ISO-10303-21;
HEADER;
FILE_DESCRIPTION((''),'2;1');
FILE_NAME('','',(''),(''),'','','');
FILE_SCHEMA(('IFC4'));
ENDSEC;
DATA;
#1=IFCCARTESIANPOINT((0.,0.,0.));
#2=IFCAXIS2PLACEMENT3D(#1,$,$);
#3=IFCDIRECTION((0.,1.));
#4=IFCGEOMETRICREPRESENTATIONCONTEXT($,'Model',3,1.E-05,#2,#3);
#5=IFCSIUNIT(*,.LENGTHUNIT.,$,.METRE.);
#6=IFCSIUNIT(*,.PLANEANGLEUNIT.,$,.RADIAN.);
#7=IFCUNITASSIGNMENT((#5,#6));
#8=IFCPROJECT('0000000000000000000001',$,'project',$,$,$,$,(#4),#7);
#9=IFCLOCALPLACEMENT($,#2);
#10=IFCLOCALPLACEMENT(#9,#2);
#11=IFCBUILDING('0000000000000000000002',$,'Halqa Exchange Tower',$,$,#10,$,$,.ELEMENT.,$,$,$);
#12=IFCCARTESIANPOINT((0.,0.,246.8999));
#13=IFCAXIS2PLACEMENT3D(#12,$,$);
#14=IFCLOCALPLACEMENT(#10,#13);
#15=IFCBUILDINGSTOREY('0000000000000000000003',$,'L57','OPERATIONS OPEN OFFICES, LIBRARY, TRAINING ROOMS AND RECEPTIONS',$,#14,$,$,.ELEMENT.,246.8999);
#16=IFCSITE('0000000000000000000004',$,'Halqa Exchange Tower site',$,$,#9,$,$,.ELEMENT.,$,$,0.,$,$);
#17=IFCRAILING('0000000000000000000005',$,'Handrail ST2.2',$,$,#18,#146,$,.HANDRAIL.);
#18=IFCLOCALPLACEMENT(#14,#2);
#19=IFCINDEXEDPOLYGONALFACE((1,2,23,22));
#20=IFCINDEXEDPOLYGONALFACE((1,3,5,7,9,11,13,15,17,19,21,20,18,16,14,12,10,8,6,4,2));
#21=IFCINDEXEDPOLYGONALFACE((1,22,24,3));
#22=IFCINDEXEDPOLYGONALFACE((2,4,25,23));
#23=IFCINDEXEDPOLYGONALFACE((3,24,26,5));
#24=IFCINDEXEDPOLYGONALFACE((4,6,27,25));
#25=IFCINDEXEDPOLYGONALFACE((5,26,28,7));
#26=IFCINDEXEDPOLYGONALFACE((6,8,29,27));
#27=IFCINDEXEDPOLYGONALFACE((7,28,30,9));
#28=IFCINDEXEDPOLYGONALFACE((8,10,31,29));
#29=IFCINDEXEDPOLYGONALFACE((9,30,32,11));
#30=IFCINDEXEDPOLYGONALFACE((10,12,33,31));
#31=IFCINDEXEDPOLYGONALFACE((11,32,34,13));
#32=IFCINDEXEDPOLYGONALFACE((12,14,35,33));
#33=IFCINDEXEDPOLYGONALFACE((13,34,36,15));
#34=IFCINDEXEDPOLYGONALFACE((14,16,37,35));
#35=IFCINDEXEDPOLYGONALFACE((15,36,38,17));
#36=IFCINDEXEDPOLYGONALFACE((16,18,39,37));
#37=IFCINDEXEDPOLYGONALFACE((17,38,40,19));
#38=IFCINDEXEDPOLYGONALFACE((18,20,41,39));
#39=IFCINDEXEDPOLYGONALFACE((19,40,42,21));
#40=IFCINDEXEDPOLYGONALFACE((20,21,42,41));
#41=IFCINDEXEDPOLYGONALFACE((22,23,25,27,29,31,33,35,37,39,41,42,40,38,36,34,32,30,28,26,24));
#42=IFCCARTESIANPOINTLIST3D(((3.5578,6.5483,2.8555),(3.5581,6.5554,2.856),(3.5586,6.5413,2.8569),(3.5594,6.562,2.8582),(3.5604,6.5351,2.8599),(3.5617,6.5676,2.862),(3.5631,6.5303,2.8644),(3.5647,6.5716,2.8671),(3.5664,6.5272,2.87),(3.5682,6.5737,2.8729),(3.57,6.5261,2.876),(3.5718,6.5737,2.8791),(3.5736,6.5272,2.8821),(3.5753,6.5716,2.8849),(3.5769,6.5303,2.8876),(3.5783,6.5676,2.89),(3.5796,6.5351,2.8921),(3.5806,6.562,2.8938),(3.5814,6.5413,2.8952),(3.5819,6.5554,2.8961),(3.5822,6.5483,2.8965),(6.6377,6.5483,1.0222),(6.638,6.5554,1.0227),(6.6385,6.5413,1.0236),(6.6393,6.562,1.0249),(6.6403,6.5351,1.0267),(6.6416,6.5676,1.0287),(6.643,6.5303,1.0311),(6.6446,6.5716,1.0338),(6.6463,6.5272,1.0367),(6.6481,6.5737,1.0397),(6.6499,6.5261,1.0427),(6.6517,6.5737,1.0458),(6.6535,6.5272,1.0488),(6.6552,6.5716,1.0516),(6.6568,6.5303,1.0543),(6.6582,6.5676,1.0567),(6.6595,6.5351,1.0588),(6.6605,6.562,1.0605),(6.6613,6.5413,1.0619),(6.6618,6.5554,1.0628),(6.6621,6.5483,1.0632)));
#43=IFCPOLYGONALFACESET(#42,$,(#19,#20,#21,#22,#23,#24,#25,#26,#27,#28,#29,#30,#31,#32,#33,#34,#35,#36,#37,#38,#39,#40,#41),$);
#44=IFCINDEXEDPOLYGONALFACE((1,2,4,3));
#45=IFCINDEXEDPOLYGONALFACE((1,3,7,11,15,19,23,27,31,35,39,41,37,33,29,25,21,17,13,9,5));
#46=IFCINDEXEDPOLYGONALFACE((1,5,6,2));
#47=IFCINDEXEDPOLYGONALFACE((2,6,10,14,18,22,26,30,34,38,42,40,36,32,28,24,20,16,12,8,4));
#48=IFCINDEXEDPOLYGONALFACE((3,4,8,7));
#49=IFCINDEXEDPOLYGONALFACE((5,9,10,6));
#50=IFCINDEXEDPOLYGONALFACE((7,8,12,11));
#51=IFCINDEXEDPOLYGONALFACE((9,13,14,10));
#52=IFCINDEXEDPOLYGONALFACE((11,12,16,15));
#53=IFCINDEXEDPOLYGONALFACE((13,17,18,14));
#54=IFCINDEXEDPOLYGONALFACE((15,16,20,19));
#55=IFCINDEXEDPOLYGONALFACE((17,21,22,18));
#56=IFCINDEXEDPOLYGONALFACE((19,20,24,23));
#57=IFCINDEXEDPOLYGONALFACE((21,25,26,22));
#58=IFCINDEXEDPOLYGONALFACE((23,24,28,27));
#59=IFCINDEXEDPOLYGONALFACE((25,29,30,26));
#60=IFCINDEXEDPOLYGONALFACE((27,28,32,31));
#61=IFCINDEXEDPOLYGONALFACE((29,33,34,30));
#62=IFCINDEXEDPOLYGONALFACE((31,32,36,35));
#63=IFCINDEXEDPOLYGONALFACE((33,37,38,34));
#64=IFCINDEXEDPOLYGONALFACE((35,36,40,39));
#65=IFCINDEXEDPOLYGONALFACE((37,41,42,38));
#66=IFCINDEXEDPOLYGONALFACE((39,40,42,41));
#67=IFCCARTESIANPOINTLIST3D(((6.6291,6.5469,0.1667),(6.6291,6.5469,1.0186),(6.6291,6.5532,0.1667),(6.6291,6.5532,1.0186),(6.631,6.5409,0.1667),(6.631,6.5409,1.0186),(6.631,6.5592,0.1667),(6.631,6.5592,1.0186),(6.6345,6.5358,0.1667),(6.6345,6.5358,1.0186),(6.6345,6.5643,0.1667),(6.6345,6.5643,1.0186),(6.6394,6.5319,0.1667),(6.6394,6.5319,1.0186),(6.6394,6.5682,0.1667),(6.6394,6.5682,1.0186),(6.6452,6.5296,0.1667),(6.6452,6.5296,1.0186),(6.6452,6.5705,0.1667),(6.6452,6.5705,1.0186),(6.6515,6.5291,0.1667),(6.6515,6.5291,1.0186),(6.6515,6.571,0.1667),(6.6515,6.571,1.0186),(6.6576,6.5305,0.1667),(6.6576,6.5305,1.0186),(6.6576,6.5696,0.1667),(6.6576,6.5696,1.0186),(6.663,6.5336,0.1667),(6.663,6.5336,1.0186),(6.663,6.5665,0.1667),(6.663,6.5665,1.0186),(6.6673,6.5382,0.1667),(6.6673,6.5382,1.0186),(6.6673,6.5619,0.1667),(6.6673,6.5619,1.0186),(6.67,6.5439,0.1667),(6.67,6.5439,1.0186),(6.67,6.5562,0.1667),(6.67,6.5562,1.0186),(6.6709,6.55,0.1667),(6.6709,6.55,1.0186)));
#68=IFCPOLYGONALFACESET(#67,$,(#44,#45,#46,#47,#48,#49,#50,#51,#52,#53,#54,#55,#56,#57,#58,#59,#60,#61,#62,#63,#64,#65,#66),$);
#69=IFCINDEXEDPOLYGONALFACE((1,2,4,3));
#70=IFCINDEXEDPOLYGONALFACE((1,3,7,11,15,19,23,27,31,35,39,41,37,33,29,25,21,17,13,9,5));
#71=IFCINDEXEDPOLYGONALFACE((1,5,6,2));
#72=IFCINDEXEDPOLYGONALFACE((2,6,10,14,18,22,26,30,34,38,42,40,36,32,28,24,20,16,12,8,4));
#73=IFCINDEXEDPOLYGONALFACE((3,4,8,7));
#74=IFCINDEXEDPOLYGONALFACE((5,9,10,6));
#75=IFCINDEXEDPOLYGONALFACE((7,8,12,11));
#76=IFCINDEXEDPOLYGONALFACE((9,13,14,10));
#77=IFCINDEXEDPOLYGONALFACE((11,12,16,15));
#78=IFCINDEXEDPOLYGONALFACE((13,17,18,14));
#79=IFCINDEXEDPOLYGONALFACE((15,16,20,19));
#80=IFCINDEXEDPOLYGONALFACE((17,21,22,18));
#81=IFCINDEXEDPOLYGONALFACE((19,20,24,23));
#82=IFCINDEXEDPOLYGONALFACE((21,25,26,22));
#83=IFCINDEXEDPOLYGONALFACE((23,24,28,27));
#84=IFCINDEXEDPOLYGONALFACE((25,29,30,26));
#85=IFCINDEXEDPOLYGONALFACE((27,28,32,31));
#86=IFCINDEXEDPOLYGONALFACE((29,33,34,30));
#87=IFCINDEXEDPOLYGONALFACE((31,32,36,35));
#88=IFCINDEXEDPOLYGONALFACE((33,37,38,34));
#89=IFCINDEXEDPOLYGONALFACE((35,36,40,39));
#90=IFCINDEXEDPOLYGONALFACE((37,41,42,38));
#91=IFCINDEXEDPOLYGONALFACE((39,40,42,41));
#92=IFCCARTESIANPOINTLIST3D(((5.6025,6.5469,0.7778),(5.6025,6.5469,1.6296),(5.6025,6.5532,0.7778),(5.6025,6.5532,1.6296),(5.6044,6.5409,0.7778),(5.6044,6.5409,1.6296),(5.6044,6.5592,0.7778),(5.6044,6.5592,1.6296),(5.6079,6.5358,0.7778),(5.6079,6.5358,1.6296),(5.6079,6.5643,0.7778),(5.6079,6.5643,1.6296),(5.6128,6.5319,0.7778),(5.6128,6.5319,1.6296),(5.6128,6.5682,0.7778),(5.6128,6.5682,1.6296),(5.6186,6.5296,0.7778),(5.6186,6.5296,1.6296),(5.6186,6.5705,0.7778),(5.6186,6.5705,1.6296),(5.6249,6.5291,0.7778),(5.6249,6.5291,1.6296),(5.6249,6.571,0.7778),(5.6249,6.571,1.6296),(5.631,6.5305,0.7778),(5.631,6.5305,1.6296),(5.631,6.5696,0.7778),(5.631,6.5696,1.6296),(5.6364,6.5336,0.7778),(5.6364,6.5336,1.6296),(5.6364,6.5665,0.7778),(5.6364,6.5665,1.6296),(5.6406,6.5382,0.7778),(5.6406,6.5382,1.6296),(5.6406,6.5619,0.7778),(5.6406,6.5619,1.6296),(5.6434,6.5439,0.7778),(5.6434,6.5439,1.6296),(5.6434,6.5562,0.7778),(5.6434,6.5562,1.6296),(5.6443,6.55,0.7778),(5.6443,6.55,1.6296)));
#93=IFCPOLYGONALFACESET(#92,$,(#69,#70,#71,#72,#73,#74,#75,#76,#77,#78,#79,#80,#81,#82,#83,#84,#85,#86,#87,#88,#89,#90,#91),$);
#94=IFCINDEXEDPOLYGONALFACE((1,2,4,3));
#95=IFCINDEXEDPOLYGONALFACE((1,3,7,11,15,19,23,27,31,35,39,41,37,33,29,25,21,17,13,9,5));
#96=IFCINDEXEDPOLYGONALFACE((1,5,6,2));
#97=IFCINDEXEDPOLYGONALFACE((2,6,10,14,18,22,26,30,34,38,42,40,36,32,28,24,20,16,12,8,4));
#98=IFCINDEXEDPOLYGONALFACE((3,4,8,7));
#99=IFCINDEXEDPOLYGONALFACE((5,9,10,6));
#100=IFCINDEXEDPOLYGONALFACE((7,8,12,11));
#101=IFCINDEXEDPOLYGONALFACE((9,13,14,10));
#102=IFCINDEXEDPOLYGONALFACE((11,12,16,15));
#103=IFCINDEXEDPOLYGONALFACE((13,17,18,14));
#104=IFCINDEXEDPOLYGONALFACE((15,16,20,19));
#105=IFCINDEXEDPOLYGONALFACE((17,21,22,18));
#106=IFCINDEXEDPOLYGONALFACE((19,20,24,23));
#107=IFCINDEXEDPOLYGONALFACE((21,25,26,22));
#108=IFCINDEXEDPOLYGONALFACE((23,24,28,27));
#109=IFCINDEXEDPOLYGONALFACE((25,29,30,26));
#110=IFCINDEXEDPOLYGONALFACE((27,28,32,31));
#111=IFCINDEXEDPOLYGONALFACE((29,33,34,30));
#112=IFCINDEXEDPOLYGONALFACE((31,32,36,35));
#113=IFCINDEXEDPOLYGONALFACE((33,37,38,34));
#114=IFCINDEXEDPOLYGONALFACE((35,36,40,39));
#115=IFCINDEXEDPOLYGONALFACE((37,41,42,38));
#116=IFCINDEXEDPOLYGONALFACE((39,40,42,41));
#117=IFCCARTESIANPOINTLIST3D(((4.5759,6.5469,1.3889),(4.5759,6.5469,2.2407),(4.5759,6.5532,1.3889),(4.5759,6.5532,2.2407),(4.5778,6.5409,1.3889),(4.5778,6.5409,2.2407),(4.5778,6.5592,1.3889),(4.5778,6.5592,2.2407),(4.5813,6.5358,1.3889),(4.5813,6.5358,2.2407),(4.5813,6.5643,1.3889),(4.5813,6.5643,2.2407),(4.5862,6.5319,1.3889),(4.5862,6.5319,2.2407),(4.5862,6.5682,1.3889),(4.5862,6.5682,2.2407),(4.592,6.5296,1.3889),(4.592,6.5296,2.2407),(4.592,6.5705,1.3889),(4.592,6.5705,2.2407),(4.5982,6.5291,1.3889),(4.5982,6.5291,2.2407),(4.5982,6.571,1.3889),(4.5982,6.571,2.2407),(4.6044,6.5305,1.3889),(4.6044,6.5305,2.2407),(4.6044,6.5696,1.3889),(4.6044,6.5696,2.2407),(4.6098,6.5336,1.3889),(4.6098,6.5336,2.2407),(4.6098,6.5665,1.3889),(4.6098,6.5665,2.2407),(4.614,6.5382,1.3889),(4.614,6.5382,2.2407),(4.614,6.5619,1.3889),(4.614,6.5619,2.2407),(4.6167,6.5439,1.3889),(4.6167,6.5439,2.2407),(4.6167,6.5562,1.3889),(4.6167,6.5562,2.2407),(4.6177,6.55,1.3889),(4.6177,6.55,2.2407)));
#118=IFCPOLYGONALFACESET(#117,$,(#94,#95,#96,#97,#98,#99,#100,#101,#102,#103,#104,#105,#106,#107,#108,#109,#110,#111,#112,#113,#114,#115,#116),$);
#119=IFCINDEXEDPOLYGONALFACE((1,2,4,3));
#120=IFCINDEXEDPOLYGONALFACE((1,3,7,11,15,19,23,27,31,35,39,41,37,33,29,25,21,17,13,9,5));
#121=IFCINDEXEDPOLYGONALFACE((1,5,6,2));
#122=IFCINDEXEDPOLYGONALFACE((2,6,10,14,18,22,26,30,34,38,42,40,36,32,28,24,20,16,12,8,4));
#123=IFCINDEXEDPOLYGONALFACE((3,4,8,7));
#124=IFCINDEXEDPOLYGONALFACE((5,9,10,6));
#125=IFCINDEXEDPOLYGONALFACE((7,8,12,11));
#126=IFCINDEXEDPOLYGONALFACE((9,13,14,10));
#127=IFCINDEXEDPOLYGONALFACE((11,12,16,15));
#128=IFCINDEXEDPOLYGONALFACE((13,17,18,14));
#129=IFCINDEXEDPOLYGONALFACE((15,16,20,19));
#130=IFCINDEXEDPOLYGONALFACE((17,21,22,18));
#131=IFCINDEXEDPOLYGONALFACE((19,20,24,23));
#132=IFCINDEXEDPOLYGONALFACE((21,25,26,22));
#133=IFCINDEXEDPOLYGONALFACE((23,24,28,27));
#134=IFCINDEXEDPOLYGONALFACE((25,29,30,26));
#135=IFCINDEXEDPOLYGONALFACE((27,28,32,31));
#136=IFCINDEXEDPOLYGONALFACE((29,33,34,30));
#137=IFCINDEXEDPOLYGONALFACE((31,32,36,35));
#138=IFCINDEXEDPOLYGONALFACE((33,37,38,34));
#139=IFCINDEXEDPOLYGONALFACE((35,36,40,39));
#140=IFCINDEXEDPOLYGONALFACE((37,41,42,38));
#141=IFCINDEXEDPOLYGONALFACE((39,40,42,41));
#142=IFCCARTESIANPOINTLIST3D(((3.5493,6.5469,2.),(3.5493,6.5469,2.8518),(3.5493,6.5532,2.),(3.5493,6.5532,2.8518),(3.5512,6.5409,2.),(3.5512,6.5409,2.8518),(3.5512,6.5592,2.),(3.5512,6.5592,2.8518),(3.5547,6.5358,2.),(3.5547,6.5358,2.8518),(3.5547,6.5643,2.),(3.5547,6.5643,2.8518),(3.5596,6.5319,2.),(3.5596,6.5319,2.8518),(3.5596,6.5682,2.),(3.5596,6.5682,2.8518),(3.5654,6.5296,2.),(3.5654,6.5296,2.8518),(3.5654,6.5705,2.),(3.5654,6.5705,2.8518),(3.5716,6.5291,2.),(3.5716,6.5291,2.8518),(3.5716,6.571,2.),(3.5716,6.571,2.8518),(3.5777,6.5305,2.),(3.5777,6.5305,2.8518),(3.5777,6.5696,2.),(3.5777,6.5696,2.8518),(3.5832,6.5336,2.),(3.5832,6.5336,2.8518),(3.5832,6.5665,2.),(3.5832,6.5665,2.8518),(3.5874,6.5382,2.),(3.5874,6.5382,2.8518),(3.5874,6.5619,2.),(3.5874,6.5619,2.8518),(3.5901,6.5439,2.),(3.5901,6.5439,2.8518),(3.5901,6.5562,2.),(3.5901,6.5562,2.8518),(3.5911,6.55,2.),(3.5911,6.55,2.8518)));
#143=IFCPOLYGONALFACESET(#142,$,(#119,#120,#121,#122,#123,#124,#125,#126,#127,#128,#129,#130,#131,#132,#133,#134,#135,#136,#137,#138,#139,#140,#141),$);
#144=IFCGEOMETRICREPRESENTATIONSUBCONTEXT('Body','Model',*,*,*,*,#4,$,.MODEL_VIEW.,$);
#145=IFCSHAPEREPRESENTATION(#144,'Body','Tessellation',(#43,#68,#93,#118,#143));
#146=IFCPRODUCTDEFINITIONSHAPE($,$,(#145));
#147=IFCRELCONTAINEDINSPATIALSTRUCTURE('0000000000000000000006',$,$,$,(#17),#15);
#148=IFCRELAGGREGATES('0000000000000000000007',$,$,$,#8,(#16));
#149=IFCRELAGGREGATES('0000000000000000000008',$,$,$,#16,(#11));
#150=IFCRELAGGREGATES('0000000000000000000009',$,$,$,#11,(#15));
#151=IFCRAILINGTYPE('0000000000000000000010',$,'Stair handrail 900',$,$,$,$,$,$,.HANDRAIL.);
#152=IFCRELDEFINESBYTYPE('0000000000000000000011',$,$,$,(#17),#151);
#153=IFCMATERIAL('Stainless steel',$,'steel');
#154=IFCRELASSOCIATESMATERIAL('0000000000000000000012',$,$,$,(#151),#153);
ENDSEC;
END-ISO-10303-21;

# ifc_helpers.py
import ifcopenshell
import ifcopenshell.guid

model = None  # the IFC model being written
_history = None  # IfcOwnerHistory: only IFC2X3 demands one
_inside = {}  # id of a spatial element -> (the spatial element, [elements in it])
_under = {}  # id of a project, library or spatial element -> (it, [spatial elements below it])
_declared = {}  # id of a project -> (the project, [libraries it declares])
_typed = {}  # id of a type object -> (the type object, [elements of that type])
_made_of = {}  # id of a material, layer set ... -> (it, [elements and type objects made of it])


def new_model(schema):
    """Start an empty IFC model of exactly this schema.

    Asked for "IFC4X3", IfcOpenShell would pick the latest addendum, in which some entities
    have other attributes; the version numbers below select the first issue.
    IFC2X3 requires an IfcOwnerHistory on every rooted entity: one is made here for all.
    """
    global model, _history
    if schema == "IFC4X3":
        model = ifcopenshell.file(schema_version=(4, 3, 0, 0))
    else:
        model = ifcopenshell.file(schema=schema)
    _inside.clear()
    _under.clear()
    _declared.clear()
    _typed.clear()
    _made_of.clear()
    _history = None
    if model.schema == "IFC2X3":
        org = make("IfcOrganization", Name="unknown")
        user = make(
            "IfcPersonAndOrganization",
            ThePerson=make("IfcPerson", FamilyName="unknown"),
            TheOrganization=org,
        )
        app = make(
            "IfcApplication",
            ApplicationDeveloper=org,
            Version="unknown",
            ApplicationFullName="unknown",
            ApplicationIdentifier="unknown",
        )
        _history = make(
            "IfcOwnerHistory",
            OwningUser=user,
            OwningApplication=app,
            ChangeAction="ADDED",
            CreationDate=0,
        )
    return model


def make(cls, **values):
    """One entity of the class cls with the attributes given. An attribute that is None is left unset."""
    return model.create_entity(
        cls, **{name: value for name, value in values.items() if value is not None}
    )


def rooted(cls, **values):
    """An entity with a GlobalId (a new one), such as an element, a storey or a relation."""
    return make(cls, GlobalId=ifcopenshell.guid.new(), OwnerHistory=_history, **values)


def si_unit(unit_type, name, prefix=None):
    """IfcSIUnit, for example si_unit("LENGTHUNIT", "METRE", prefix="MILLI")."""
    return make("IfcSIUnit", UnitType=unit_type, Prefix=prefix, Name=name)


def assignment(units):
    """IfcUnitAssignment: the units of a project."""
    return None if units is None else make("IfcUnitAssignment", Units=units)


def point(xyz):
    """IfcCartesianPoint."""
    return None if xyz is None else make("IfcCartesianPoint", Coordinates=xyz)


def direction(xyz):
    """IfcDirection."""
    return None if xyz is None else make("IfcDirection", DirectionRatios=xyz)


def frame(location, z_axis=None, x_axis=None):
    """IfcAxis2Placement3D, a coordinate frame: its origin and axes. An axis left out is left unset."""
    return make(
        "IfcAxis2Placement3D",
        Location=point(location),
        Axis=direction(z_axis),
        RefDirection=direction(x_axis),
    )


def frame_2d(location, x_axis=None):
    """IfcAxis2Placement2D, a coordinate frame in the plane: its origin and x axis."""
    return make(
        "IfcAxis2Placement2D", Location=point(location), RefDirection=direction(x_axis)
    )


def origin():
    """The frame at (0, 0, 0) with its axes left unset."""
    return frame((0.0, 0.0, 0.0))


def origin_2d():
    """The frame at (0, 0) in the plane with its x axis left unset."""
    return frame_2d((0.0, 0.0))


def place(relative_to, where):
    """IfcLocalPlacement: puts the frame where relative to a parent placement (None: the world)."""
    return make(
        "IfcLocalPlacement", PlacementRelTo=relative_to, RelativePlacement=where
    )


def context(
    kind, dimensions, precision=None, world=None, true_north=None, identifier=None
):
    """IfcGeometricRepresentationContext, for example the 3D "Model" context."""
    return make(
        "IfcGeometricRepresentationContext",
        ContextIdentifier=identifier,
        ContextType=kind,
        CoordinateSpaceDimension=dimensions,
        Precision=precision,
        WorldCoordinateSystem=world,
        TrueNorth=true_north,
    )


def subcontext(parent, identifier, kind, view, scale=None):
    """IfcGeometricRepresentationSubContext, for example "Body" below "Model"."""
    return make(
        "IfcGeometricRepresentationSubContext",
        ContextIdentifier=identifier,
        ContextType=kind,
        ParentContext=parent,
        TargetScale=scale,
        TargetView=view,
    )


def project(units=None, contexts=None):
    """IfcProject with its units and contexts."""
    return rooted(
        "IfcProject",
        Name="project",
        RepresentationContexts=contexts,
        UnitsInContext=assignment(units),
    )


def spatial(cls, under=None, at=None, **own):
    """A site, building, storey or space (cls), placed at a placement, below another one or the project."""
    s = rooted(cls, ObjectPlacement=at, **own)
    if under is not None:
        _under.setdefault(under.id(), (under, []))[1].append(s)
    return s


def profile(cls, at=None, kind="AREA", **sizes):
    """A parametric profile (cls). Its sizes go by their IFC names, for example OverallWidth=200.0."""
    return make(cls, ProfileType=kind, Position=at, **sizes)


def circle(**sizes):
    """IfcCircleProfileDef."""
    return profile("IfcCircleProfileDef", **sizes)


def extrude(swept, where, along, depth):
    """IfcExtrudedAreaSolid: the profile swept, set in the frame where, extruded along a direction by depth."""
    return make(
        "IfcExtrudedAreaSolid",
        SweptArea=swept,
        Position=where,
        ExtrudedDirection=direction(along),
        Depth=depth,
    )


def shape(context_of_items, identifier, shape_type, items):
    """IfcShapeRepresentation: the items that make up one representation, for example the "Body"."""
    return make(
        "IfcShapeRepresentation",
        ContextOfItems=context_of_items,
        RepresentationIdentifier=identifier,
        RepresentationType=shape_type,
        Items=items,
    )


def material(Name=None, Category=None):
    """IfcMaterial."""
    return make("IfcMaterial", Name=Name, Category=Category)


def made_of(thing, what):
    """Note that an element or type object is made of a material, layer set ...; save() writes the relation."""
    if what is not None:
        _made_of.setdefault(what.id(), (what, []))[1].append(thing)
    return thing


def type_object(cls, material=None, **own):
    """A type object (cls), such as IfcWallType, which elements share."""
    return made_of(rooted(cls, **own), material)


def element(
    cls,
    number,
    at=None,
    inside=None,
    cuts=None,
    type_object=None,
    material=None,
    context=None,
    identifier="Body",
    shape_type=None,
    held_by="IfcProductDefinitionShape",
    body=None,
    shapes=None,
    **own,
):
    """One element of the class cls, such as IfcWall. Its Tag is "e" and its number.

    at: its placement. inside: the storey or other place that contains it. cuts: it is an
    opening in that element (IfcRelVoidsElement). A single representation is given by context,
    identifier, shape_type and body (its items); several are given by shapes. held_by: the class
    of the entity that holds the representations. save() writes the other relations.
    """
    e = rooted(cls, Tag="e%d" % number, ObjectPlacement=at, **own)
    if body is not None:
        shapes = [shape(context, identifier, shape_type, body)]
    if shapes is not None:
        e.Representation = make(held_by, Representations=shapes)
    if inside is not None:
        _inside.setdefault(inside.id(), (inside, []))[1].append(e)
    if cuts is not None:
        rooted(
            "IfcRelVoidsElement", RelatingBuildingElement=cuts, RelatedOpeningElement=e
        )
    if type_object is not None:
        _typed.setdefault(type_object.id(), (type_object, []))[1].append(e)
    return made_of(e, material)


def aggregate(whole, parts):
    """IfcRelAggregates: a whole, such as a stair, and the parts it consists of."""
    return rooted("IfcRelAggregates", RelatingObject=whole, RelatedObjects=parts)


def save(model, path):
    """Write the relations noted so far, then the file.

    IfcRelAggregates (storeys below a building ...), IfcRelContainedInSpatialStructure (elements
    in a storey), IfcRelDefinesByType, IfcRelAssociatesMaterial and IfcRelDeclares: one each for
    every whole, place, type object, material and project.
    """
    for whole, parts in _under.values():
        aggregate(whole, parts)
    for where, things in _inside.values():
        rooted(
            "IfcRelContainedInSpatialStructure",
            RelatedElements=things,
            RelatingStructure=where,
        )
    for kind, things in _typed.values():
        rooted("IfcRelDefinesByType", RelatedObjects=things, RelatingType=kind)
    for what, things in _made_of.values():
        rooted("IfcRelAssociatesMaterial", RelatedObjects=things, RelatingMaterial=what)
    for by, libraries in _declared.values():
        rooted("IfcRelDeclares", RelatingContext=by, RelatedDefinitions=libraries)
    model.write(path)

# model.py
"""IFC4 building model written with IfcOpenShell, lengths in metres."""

from ifc_helpers import new_model, si_unit, direction, frame, origin, origin_2d, place, context, subcontext, project, spatial, circle, extrude, material, type_object, element, save


model = new_model("IFC4")

# Units and contexts
model_context = context("Model", 3, precision=1e-05, world=origin(), true_north=direction((0.0, 1.0)))
body_context = subcontext(model_context, "Body", "Model", "MODEL_VIEW")
ifc_project = project(units=[si_unit("LENGTHUNIT", "METRE"), si_unit("PLANEANGLEUNIT", "RADIAN")], contexts=[model_context])

# Site, building, storey
site_placement = place(None, origin())
site = spatial("IfcSite", under=ifc_project, at=site_placement, Name="Halqa Exchange Tower site", CompositionType="ELEMENT", RefElevation=0.0)
building_placement = place(site_placement, origin())
building = spatial("IfcBuilding", under=site, at=building_placement, Name="Halqa Exchange Tower", CompositionType="ELEMENT")
storey_placement = place(building_placement, frame((0.0, 0.0, 246.8999)))
storey = spatial("IfcBuildingStorey", under=building, at=storey_placement, Name="L57", Description="OPERATIONS OPEN OFFICES, LIBRARY, TRAINING ROOMS AND RECEPTIONS", CompositionType="ELEMENT", Elevation=246.8999)

# Railing
ifc_material_1 = material(Name="Stainless steel", Category="steel")
railing_type_1 = type_object("IfcRailingType", Name="Stair handrail 900", PredefinedType="HANDRAIL", material=ifc_material_1)
railing_1_placement = place(storey_placement, frame((6.6499, 6.55, 0.1667)))
element("IfcRailing", 1, at=railing_1_placement, inside=storey, type_object=railing_type_1, Name="Handrail ST2.2", PredefinedType="HANDRAIL", context=body_context, shape_type="SweptSolid", body=[
    extrude(circle(Radius=0.0239, at=origin_2d()), frame((0.0, 0.0, 0.876), z_axis=(-0.859291, 0.0, 0.511487), x_axis=(0.0, -1.0, 0.0)), (0.0, 0.0, 1.0), 3.5842),
    extrude(circle(Radius=0.021, at=origin_2d()), origin(), (0.0, 0.0, 1.0), 0.8518),
    extrude(circle(Radius=0.021, at=origin_2d()), frame((-1.0266, 0.0, 0.6111)), (0.0, 0.0, 1.0), 0.8518),
    extrude(circle(Radius=0.021, at=origin_2d()), frame((-2.0532, 0.0, 1.2222)), (0.0, 0.0, 1.0), 0.8518),
    extrude(circle(Radius=0.021, at=origin_2d()), frame((-3.0798, 0.0, 1.8333)), (0.0, 0.0, 1.0), 0.8518),
])

save(model, "model.ifc")
